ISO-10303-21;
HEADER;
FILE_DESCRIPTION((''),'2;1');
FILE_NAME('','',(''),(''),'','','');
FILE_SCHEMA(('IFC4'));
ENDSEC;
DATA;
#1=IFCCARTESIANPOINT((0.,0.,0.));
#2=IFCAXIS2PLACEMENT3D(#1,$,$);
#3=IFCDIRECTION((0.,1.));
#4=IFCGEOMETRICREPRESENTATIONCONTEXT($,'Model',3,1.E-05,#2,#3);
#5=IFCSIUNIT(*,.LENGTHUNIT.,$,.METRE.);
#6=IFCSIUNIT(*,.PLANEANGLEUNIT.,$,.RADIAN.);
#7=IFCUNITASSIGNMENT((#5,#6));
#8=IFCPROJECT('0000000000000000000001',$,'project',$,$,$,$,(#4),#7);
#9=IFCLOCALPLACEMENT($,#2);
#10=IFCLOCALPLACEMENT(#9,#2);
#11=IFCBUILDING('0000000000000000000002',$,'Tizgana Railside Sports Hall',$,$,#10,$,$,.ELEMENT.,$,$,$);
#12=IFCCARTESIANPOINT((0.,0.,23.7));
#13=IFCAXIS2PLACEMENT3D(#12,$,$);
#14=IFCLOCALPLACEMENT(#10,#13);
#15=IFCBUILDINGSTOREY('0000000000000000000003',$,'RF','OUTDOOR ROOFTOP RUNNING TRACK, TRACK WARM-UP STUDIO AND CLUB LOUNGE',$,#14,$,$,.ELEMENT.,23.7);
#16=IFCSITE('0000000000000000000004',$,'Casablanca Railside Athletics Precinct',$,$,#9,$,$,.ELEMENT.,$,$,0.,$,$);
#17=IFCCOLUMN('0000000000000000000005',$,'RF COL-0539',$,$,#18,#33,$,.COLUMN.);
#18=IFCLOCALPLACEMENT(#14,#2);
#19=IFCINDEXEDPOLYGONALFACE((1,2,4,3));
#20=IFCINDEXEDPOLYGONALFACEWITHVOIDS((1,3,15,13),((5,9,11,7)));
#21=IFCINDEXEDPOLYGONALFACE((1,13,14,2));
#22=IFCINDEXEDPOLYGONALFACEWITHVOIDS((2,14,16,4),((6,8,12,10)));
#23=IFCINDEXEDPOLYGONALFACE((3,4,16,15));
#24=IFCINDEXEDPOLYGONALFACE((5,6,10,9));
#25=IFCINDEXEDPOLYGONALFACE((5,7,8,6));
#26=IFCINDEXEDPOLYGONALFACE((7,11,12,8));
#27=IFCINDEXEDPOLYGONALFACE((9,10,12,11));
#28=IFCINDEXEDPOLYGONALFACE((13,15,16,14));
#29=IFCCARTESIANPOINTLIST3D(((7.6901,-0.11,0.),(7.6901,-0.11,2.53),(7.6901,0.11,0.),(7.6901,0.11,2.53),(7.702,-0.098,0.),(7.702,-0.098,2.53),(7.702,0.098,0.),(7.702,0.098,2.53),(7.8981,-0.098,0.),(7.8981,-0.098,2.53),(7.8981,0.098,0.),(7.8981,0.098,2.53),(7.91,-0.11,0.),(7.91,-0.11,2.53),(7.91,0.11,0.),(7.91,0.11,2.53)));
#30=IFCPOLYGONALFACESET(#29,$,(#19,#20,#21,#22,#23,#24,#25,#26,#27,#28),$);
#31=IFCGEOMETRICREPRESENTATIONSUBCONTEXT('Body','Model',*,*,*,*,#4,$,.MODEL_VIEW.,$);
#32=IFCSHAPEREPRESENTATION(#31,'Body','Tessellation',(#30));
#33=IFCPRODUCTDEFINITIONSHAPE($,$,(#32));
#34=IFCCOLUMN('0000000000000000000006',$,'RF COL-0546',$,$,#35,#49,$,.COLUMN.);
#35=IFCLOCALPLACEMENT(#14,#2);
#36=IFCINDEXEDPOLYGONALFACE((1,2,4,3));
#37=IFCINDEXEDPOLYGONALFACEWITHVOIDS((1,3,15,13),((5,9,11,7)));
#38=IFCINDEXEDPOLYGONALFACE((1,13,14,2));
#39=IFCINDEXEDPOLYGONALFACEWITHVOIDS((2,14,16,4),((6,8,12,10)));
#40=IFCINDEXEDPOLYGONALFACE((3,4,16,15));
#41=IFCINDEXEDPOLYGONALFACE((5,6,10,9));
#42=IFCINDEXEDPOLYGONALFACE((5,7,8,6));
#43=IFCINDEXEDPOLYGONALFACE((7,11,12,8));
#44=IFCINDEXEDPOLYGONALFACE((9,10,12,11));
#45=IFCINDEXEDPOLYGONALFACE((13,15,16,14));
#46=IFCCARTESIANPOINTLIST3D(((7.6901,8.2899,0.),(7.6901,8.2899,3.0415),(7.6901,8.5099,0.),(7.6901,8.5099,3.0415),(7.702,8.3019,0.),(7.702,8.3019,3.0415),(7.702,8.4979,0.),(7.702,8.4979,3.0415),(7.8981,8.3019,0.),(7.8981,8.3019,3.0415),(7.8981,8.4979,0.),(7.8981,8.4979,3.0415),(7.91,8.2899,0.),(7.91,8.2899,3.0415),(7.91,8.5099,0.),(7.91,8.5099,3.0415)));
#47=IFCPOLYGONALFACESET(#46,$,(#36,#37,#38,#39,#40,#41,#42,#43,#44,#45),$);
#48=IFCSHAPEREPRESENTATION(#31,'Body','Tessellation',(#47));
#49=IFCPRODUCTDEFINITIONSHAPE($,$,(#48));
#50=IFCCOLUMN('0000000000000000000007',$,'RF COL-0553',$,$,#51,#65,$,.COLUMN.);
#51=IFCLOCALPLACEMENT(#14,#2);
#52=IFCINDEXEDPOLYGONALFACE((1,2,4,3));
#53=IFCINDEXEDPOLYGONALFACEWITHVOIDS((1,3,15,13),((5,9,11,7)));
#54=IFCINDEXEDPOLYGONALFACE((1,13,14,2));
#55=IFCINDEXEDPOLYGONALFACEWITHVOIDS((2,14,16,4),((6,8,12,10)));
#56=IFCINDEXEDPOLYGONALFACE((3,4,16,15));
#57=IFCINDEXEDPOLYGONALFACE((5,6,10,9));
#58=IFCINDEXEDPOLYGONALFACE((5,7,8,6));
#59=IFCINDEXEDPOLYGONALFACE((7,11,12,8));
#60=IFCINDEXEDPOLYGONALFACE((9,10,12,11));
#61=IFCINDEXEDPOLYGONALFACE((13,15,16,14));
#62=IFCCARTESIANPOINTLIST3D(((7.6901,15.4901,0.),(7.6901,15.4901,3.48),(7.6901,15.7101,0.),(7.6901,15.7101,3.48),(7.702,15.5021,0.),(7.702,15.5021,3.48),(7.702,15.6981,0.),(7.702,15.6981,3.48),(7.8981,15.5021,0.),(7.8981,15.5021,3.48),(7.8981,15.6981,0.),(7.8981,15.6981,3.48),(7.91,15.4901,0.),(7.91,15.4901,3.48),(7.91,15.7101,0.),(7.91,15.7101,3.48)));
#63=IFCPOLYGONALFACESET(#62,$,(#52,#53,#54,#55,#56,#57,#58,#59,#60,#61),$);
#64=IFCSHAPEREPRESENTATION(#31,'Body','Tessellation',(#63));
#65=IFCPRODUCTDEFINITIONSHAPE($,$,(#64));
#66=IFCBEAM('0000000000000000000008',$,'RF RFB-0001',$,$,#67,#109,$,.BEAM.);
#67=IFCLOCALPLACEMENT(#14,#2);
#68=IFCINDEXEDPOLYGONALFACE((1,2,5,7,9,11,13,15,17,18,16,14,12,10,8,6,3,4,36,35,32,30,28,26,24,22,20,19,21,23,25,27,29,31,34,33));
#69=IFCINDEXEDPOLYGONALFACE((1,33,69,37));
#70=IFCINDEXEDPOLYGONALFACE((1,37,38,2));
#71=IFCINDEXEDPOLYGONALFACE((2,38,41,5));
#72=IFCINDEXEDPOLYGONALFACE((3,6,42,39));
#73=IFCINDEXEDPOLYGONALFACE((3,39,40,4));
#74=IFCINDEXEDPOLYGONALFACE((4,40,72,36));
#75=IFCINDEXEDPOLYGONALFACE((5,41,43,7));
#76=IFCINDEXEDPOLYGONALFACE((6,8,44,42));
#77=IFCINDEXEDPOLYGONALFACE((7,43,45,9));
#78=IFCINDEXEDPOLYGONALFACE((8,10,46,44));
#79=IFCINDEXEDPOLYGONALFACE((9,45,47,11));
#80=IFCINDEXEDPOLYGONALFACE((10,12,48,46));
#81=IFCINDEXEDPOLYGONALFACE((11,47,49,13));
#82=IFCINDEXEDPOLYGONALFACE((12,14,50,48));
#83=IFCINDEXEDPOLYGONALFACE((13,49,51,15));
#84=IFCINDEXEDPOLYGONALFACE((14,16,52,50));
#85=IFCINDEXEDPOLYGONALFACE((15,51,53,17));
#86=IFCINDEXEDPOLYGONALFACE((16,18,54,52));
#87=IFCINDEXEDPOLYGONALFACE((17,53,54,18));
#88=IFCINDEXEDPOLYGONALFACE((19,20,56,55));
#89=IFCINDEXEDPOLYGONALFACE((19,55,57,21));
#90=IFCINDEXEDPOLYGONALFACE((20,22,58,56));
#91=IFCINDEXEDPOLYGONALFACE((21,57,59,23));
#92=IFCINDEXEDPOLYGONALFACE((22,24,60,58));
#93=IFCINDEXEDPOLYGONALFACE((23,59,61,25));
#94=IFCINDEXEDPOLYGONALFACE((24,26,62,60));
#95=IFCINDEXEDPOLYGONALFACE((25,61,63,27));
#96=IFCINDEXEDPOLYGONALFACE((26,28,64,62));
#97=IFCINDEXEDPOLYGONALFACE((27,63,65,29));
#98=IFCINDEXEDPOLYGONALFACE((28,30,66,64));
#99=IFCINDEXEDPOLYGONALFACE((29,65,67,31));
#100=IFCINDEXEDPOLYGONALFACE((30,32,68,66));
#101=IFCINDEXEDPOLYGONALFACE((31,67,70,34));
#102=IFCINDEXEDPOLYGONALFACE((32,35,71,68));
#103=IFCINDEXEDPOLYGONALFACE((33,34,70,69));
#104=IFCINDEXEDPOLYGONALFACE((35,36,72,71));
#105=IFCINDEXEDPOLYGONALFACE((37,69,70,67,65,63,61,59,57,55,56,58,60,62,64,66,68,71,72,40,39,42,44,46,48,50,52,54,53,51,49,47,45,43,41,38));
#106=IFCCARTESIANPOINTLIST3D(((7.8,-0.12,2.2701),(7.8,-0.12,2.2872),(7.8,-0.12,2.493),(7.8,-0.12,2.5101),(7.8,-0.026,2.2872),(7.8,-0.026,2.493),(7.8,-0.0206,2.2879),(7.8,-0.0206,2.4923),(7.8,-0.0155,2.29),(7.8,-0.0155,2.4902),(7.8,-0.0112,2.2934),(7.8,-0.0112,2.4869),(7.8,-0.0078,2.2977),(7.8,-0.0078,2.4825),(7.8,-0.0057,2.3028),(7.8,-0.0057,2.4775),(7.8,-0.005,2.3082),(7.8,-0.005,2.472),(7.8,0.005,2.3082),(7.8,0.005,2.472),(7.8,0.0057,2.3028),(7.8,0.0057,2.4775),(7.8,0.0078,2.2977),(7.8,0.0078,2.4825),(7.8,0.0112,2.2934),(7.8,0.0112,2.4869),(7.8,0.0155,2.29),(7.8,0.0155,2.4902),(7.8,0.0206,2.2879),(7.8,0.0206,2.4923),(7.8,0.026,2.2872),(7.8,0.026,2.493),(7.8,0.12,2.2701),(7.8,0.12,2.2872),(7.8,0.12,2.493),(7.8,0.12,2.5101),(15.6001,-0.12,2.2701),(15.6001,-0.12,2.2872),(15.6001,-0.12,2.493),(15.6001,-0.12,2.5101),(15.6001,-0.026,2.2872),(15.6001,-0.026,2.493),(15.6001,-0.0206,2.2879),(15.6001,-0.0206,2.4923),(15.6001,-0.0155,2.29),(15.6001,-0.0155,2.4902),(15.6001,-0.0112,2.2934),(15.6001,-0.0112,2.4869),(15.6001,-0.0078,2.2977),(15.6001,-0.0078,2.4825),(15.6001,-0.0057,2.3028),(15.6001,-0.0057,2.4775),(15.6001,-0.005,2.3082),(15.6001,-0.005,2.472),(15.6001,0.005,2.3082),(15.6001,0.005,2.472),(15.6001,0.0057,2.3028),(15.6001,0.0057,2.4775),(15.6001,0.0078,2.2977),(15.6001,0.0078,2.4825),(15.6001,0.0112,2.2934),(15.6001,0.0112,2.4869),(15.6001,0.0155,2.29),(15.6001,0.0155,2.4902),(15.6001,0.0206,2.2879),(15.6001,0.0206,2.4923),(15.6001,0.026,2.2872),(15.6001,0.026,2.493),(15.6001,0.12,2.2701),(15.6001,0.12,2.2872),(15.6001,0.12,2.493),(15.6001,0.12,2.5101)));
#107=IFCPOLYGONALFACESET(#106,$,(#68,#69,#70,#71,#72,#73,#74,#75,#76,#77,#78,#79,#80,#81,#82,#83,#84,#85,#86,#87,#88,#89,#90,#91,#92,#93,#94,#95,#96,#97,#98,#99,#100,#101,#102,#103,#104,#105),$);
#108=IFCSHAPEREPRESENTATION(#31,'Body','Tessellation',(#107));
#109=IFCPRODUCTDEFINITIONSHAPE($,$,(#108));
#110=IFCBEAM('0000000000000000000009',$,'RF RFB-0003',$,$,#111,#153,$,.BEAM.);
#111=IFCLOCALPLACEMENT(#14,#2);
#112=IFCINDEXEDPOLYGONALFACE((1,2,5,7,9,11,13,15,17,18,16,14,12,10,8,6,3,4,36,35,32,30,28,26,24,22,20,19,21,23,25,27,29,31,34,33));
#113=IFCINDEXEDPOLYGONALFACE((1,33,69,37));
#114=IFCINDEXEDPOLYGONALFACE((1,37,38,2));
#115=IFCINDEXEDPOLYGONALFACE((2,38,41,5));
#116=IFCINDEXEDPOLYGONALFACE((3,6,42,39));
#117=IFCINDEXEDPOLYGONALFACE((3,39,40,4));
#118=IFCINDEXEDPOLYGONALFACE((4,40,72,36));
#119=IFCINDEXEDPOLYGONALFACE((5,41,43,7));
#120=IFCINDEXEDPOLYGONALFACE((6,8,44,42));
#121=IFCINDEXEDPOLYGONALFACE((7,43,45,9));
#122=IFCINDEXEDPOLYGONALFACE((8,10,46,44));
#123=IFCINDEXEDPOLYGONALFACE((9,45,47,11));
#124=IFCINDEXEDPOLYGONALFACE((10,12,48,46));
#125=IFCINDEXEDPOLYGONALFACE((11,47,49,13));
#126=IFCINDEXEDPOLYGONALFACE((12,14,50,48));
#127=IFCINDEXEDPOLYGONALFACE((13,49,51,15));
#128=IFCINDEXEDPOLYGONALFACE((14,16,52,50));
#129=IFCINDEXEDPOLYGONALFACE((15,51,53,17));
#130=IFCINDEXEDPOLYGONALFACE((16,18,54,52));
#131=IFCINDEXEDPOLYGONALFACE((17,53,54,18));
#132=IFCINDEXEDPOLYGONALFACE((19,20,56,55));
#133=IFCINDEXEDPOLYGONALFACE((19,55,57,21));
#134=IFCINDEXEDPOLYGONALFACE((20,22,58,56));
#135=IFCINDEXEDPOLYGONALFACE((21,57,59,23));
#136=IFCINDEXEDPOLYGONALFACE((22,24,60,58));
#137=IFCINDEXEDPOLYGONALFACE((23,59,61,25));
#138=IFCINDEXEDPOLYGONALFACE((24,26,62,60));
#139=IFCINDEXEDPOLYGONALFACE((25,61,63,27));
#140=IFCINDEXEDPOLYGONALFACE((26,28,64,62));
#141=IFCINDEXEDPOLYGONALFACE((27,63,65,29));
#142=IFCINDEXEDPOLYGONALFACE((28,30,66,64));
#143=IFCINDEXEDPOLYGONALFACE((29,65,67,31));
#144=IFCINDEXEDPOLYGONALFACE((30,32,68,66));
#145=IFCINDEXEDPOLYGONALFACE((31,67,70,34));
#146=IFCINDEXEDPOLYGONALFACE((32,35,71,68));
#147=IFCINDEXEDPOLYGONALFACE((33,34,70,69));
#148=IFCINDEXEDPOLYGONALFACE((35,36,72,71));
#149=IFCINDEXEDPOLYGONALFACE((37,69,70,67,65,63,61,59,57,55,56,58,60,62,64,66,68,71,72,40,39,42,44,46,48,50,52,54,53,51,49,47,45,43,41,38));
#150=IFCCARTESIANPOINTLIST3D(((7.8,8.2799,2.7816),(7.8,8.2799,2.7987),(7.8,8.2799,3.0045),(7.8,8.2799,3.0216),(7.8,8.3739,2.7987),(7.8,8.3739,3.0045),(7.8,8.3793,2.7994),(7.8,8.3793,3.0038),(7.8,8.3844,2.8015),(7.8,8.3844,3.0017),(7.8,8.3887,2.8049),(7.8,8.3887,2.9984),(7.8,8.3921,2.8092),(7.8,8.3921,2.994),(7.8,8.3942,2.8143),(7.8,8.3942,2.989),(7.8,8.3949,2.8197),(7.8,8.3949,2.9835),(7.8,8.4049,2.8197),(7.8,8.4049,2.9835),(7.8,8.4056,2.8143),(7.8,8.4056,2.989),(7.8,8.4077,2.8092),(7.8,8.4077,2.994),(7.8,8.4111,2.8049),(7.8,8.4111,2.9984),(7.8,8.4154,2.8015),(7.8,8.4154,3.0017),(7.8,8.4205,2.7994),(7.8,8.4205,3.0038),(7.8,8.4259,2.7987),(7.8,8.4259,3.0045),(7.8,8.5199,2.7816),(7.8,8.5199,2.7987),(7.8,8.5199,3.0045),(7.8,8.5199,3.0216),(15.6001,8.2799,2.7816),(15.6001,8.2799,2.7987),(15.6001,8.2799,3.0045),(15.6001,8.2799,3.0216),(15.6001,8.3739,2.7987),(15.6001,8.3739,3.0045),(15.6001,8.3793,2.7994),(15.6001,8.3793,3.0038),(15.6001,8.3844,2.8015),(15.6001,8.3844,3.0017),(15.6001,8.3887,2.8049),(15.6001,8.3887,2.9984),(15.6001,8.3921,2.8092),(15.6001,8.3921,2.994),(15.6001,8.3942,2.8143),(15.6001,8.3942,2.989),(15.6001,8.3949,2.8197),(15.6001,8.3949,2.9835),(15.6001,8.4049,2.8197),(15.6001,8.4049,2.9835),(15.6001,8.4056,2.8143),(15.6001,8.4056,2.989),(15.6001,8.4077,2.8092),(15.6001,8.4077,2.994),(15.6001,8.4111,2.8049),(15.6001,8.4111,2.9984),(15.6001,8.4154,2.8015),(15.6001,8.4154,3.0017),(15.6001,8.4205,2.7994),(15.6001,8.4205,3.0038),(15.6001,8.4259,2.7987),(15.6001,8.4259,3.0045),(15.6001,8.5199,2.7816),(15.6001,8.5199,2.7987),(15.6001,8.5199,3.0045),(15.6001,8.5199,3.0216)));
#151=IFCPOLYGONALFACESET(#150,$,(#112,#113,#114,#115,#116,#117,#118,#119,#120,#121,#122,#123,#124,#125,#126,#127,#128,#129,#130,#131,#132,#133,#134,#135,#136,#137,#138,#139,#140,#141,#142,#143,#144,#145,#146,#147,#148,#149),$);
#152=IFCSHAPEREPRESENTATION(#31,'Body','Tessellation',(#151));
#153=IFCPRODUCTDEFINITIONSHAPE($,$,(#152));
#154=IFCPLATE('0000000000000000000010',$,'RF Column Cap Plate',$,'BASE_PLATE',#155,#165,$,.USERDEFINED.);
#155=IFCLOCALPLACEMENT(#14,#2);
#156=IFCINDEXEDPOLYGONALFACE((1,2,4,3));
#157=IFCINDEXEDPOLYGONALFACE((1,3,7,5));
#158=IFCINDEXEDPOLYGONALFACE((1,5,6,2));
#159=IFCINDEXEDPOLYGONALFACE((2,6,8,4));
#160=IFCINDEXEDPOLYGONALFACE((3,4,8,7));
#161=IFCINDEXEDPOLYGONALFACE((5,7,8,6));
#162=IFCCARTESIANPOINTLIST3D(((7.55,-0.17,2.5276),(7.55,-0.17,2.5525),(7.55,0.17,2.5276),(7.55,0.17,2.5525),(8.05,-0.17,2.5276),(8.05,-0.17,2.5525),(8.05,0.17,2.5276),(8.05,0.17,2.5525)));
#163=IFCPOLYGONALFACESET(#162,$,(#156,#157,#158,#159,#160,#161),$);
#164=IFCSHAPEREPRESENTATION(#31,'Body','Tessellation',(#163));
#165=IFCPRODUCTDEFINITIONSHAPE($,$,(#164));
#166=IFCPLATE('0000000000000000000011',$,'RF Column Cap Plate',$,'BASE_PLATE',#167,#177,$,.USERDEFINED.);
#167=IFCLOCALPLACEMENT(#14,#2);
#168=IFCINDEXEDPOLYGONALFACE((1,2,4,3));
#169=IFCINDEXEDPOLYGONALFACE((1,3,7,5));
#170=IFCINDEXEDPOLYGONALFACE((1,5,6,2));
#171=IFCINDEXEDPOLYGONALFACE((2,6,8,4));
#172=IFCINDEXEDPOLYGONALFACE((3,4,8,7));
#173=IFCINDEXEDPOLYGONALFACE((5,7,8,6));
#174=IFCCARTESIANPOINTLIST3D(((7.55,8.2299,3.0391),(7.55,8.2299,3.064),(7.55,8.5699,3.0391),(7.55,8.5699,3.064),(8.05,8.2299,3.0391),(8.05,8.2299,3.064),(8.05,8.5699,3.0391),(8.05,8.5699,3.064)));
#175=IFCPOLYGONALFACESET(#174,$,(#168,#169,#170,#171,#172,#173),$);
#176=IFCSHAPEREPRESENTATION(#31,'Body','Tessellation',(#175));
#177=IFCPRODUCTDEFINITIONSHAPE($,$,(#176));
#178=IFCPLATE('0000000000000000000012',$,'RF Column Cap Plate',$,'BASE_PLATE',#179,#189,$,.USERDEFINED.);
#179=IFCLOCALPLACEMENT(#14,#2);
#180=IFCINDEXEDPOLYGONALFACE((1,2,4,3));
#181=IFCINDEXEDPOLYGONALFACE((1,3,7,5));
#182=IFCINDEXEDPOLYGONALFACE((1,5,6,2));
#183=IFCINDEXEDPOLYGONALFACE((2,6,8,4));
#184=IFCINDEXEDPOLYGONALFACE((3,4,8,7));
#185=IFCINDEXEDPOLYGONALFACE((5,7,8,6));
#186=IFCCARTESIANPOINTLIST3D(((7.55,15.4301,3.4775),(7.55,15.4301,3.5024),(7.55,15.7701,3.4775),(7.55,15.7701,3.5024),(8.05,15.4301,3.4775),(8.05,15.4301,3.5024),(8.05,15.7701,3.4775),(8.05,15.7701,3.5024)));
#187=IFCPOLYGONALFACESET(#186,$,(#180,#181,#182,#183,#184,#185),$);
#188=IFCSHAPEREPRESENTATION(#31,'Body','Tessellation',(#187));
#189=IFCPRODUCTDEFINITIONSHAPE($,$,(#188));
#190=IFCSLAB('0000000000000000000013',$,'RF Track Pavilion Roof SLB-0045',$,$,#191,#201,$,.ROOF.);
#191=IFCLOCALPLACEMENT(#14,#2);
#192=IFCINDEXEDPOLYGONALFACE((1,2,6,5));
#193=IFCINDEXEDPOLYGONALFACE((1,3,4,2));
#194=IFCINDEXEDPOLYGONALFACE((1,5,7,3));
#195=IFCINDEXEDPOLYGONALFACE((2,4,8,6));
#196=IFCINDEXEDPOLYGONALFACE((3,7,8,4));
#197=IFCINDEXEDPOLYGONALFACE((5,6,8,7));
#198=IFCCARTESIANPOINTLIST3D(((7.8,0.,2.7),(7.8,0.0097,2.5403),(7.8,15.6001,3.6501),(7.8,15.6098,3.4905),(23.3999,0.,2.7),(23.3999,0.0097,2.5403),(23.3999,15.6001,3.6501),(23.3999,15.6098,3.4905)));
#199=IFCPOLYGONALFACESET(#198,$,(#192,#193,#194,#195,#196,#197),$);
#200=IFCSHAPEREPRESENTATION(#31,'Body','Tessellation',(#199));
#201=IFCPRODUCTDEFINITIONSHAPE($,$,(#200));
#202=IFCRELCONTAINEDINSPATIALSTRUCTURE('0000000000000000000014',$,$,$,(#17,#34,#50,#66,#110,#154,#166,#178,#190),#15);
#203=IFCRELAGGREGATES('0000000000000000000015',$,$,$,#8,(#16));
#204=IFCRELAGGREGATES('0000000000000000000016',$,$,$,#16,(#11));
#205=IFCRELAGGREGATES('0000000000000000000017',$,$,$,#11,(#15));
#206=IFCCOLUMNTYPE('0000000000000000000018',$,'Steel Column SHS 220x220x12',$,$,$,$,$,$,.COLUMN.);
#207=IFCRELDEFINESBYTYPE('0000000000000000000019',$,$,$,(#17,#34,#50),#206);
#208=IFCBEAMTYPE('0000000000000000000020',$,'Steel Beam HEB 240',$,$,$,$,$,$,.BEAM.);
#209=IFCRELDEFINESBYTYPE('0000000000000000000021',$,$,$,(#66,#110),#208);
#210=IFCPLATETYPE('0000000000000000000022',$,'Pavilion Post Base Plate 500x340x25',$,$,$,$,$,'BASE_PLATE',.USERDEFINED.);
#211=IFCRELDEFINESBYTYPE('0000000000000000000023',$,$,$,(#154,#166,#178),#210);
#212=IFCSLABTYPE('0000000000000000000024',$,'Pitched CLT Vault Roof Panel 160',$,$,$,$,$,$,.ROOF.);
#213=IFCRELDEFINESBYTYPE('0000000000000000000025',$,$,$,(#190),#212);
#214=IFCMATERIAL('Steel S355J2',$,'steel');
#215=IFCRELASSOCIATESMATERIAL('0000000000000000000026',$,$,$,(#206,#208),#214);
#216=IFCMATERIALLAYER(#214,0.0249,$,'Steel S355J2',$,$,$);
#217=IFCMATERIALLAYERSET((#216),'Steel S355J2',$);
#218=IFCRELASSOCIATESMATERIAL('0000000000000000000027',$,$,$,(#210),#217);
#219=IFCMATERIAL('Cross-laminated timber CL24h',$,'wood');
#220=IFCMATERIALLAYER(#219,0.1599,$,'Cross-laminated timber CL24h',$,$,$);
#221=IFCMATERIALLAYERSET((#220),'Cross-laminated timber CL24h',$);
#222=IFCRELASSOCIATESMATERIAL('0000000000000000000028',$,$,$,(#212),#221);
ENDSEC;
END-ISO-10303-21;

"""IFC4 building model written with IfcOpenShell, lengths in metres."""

from ifc_helpers import new_model, si_unit, direction, frame, origin, origin_2d, place, context, subcontext, project, spatial, polyline, rectangle, hollow_rectangle, i_section, outline, extrude, material, layer, layer_set, material_profile, profile_set, type_object, element, save


model = new_model("IFC4")

# Units and contexts
model_context = context("Model", 3, precision=1e-05, world=origin(), true_north=direction((0.0, 1.0)))
body_context = subcontext(model_context, "Body", "Model", "MODEL_VIEW")
ifc_project = project(units=[si_unit("LENGTHUNIT", "METRE"), si_unit("PLANEANGLEUNIT", "RADIAN")], contexts=[model_context])

# Site, building, storey
site_placement = place(None, origin())
site = spatial("IfcSite", under=ifc_project, at=site_placement, Name="Casablanca Railside Athletics Precinct", CompositionType="ELEMENT", RefElevation=0.0)
building_placement = place(site_placement, origin())
building = spatial("IfcBuilding", under=site, at=building_placement, Name="Tizgana Railside Sports Hall", CompositionType="ELEMENT")
storey_placement = place(building_placement, frame((0.0, 0.0, 23.7)))
storey = spatial("IfcBuildingStorey", under=building, at=storey_placement, Name="RF", Description="OUTDOOR ROOFTOP RUNNING TRACK, TRACK WARM-UP STUDIO AND CLUB LOUNGE", CompositionType="ELEMENT", Elevation=23.7)

# Columns
ifc_material_1 = material(Name="Steel S355J2", Category="steel")
ifc_material_profile_1 = material_profile(ifc_material_1, hollow_rectangle(XDim=0.22, YDim=0.22, WallThickness=0.012, at=origin_2d()), Name="SHS 220x220x12")
ifc_profile_set_1 = profile_set([ifc_material_profile_1], Name="Steel S355J2")
column_type = type_object("IfcColumnType", Name="Steel Column SHS 220x220x12", PredefinedType="COLUMN", material=ifc_profile_set_1)
column_1_placement = place(storey_placement, frame((7.8, 0.0, 0.0), z_axis=(0.0, 0.0, 1.0), x_axis=(1.0, 0.0, 0.0)))
element("IfcColumn", 1, at=column_1_placement, inside=storey, type_object=column_type, Name="RF COL-0539", PredefinedType="COLUMN", context=body_context, shape_type="SweptSolid", body=[
    extrude(hollow_rectangle(XDim=0.22, YDim=0.22, WallThickness=0.012, at=origin_2d()), origin(), (0.0, 0.0, 1.0), 2.53),
])
column_2_placement = place(storey_placement, frame((7.8, 8.3999, 0.0), z_axis=(0.0, 0.0, 1.0), x_axis=(1.0, 0.0, 0.0)))
element("IfcColumn", 2, at=column_2_placement, inside=storey, type_object=column_type, Name="RF COL-0546", PredefinedType="COLUMN", context=body_context, shape_type="SweptSolid", body=[
    extrude(hollow_rectangle(XDim=0.22, YDim=0.22, WallThickness=0.012, at=origin_2d()), origin(), (0.0, 0.0, 1.0), 3.0415),
])
column_3_placement = place(storey_placement, frame((7.8, 15.6001, 0.0), z_axis=(0.0, 0.0, 1.0), x_axis=(1.0, 0.0, 0.0)))
element("IfcColumn", 3, at=column_3_placement, inside=storey, type_object=column_type, Name="RF COL-0553", PredefinedType="COLUMN", context=body_context, shape_type="SweptSolid", body=[
    extrude(hollow_rectangle(XDim=0.22, YDim=0.22, WallThickness=0.012, at=origin_2d()), origin(), (0.0, 0.0, 1.0), 3.48),
])

# Beams
ifc_material_profile_2 = material_profile(ifc_material_1, i_section(OverallWidth=0.24, OverallDepth=0.24, WebThickness=0.01, FlangeThickness=0.0171, FilletRadius=0.021, at=origin_2d()), Name="HEB 240")
ifc_profile_set_2 = profile_set([ifc_material_profile_2], Name="Steel S355J2")
beam_type = type_object("IfcBeamType", Name="Steel Beam HEB 240", PredefinedType="BEAM", material=ifc_profile_set_2)
for number, where, z_axis, x_axis, name in (
    (4, (7.8, 0.0, 2.3901), (1.0, 0.0, 0.0), (0.0, 1.0, 0.0), "RF RFB-0001"),
    (5, (7.8, 8.3999, 2.9016), (1.0, 0.0, 0.0), (0.0, 1.0, 0.0), "RF RFB-0003"),
):
    element("IfcBeam", number, at=place(storey_placement, frame(where, z_axis=z_axis, x_axis=x_axis)), inside=storey, type_object=beam_type, Name=name, PredefinedType="BEAM", context=body_context, shape_type="SweptSolid", body=[
        extrude(i_section(OverallWidth=0.24, OverallDepth=0.24, WebThickness=0.01, FlangeThickness=0.0171, FilletRadius=0.021, at=origin_2d()), origin(), (0.0, 0.0, 1.0), 7.8),
    ])

# Plates
ifc_layer_1 = layer(ifc_material_1, 0.0249, Name="Steel S355J2")
ifc_layer_set_1 = layer_set([ifc_layer_1], Name="Steel S355J2")
plate_type = type_object("IfcPlateType", Name="Pavilion Post Base Plate 500x340x25", ElementType="BASE_PLATE", PredefinedType="USERDEFINED", material=ifc_layer_set_1)
for number, where, z_axis, x_axis, name in (
    (6, (7.8, 0.0, 2.5276), (0.0, 0.0, 1.0), (1.0, 0.0, 0.0), "RF Column Cap Plate"),
    (7, (7.8, 8.3999, 3.0391), (0.0, 0.0, 1.0), (1.0, 0.0, 0.0), "RF Column Cap Plate"),
    (8, (7.8, 15.6001, 3.4775), (0.0, 0.0, 1.0), (1.0, 0.0, 0.0), "RF Column Cap Plate"),
):
    element("IfcPlate", number, at=place(storey_placement, frame(where, z_axis=z_axis, x_axis=x_axis)), inside=storey, type_object=plate_type, Name=name, ObjectType="BASE_PLATE", PredefinedType="USERDEFINED", context=body_context, shape_type="SweptSolid", body=[
        extrude(rectangle(XDim=0.5, YDim=0.3401, at=origin_2d()), origin(), (0.0, 0.0, 1.0), 0.0249),
    ])

# Slab
ifc_material_2 = material(Name="Cross-laminated timber CL24h", Category="wood")
ifc_layer_2 = layer(ifc_material_2, 0.1599, Name="Cross-laminated timber CL24h")
ifc_layer_set_2 = layer_set([ifc_layer_2], Name="Cross-laminated timber CL24h")
slab_type = type_object("IfcSlabType", Name="Pitched CLT Vault Roof Panel 160", PredefinedType="ROOF", material=ifc_layer_set_2)
slab_placement = place(storey_placement, frame((7.8, 0.0, 2.7), z_axis=(0.0, -0.060797, 0.99815), x_axis=(1.0, 0.0, 0.0)))
element("IfcSlab", 9, at=slab_placement, inside=storey, type_object=slab_type, Name="RF Track Pavilion Roof SLB-0045", PredefinedType="ROOF", context=body_context, shape_type="SweptSolid", body=[
    extrude(outline(polyline([(0.0, 0.0), (15.5999, 0.0), (15.5999, 15.629), (0.0, 15.629), (0.0, 0.0)])), origin(), (0.0, 0.0, -1.0), 0.1599),
])

save(model, "model.ifc")
